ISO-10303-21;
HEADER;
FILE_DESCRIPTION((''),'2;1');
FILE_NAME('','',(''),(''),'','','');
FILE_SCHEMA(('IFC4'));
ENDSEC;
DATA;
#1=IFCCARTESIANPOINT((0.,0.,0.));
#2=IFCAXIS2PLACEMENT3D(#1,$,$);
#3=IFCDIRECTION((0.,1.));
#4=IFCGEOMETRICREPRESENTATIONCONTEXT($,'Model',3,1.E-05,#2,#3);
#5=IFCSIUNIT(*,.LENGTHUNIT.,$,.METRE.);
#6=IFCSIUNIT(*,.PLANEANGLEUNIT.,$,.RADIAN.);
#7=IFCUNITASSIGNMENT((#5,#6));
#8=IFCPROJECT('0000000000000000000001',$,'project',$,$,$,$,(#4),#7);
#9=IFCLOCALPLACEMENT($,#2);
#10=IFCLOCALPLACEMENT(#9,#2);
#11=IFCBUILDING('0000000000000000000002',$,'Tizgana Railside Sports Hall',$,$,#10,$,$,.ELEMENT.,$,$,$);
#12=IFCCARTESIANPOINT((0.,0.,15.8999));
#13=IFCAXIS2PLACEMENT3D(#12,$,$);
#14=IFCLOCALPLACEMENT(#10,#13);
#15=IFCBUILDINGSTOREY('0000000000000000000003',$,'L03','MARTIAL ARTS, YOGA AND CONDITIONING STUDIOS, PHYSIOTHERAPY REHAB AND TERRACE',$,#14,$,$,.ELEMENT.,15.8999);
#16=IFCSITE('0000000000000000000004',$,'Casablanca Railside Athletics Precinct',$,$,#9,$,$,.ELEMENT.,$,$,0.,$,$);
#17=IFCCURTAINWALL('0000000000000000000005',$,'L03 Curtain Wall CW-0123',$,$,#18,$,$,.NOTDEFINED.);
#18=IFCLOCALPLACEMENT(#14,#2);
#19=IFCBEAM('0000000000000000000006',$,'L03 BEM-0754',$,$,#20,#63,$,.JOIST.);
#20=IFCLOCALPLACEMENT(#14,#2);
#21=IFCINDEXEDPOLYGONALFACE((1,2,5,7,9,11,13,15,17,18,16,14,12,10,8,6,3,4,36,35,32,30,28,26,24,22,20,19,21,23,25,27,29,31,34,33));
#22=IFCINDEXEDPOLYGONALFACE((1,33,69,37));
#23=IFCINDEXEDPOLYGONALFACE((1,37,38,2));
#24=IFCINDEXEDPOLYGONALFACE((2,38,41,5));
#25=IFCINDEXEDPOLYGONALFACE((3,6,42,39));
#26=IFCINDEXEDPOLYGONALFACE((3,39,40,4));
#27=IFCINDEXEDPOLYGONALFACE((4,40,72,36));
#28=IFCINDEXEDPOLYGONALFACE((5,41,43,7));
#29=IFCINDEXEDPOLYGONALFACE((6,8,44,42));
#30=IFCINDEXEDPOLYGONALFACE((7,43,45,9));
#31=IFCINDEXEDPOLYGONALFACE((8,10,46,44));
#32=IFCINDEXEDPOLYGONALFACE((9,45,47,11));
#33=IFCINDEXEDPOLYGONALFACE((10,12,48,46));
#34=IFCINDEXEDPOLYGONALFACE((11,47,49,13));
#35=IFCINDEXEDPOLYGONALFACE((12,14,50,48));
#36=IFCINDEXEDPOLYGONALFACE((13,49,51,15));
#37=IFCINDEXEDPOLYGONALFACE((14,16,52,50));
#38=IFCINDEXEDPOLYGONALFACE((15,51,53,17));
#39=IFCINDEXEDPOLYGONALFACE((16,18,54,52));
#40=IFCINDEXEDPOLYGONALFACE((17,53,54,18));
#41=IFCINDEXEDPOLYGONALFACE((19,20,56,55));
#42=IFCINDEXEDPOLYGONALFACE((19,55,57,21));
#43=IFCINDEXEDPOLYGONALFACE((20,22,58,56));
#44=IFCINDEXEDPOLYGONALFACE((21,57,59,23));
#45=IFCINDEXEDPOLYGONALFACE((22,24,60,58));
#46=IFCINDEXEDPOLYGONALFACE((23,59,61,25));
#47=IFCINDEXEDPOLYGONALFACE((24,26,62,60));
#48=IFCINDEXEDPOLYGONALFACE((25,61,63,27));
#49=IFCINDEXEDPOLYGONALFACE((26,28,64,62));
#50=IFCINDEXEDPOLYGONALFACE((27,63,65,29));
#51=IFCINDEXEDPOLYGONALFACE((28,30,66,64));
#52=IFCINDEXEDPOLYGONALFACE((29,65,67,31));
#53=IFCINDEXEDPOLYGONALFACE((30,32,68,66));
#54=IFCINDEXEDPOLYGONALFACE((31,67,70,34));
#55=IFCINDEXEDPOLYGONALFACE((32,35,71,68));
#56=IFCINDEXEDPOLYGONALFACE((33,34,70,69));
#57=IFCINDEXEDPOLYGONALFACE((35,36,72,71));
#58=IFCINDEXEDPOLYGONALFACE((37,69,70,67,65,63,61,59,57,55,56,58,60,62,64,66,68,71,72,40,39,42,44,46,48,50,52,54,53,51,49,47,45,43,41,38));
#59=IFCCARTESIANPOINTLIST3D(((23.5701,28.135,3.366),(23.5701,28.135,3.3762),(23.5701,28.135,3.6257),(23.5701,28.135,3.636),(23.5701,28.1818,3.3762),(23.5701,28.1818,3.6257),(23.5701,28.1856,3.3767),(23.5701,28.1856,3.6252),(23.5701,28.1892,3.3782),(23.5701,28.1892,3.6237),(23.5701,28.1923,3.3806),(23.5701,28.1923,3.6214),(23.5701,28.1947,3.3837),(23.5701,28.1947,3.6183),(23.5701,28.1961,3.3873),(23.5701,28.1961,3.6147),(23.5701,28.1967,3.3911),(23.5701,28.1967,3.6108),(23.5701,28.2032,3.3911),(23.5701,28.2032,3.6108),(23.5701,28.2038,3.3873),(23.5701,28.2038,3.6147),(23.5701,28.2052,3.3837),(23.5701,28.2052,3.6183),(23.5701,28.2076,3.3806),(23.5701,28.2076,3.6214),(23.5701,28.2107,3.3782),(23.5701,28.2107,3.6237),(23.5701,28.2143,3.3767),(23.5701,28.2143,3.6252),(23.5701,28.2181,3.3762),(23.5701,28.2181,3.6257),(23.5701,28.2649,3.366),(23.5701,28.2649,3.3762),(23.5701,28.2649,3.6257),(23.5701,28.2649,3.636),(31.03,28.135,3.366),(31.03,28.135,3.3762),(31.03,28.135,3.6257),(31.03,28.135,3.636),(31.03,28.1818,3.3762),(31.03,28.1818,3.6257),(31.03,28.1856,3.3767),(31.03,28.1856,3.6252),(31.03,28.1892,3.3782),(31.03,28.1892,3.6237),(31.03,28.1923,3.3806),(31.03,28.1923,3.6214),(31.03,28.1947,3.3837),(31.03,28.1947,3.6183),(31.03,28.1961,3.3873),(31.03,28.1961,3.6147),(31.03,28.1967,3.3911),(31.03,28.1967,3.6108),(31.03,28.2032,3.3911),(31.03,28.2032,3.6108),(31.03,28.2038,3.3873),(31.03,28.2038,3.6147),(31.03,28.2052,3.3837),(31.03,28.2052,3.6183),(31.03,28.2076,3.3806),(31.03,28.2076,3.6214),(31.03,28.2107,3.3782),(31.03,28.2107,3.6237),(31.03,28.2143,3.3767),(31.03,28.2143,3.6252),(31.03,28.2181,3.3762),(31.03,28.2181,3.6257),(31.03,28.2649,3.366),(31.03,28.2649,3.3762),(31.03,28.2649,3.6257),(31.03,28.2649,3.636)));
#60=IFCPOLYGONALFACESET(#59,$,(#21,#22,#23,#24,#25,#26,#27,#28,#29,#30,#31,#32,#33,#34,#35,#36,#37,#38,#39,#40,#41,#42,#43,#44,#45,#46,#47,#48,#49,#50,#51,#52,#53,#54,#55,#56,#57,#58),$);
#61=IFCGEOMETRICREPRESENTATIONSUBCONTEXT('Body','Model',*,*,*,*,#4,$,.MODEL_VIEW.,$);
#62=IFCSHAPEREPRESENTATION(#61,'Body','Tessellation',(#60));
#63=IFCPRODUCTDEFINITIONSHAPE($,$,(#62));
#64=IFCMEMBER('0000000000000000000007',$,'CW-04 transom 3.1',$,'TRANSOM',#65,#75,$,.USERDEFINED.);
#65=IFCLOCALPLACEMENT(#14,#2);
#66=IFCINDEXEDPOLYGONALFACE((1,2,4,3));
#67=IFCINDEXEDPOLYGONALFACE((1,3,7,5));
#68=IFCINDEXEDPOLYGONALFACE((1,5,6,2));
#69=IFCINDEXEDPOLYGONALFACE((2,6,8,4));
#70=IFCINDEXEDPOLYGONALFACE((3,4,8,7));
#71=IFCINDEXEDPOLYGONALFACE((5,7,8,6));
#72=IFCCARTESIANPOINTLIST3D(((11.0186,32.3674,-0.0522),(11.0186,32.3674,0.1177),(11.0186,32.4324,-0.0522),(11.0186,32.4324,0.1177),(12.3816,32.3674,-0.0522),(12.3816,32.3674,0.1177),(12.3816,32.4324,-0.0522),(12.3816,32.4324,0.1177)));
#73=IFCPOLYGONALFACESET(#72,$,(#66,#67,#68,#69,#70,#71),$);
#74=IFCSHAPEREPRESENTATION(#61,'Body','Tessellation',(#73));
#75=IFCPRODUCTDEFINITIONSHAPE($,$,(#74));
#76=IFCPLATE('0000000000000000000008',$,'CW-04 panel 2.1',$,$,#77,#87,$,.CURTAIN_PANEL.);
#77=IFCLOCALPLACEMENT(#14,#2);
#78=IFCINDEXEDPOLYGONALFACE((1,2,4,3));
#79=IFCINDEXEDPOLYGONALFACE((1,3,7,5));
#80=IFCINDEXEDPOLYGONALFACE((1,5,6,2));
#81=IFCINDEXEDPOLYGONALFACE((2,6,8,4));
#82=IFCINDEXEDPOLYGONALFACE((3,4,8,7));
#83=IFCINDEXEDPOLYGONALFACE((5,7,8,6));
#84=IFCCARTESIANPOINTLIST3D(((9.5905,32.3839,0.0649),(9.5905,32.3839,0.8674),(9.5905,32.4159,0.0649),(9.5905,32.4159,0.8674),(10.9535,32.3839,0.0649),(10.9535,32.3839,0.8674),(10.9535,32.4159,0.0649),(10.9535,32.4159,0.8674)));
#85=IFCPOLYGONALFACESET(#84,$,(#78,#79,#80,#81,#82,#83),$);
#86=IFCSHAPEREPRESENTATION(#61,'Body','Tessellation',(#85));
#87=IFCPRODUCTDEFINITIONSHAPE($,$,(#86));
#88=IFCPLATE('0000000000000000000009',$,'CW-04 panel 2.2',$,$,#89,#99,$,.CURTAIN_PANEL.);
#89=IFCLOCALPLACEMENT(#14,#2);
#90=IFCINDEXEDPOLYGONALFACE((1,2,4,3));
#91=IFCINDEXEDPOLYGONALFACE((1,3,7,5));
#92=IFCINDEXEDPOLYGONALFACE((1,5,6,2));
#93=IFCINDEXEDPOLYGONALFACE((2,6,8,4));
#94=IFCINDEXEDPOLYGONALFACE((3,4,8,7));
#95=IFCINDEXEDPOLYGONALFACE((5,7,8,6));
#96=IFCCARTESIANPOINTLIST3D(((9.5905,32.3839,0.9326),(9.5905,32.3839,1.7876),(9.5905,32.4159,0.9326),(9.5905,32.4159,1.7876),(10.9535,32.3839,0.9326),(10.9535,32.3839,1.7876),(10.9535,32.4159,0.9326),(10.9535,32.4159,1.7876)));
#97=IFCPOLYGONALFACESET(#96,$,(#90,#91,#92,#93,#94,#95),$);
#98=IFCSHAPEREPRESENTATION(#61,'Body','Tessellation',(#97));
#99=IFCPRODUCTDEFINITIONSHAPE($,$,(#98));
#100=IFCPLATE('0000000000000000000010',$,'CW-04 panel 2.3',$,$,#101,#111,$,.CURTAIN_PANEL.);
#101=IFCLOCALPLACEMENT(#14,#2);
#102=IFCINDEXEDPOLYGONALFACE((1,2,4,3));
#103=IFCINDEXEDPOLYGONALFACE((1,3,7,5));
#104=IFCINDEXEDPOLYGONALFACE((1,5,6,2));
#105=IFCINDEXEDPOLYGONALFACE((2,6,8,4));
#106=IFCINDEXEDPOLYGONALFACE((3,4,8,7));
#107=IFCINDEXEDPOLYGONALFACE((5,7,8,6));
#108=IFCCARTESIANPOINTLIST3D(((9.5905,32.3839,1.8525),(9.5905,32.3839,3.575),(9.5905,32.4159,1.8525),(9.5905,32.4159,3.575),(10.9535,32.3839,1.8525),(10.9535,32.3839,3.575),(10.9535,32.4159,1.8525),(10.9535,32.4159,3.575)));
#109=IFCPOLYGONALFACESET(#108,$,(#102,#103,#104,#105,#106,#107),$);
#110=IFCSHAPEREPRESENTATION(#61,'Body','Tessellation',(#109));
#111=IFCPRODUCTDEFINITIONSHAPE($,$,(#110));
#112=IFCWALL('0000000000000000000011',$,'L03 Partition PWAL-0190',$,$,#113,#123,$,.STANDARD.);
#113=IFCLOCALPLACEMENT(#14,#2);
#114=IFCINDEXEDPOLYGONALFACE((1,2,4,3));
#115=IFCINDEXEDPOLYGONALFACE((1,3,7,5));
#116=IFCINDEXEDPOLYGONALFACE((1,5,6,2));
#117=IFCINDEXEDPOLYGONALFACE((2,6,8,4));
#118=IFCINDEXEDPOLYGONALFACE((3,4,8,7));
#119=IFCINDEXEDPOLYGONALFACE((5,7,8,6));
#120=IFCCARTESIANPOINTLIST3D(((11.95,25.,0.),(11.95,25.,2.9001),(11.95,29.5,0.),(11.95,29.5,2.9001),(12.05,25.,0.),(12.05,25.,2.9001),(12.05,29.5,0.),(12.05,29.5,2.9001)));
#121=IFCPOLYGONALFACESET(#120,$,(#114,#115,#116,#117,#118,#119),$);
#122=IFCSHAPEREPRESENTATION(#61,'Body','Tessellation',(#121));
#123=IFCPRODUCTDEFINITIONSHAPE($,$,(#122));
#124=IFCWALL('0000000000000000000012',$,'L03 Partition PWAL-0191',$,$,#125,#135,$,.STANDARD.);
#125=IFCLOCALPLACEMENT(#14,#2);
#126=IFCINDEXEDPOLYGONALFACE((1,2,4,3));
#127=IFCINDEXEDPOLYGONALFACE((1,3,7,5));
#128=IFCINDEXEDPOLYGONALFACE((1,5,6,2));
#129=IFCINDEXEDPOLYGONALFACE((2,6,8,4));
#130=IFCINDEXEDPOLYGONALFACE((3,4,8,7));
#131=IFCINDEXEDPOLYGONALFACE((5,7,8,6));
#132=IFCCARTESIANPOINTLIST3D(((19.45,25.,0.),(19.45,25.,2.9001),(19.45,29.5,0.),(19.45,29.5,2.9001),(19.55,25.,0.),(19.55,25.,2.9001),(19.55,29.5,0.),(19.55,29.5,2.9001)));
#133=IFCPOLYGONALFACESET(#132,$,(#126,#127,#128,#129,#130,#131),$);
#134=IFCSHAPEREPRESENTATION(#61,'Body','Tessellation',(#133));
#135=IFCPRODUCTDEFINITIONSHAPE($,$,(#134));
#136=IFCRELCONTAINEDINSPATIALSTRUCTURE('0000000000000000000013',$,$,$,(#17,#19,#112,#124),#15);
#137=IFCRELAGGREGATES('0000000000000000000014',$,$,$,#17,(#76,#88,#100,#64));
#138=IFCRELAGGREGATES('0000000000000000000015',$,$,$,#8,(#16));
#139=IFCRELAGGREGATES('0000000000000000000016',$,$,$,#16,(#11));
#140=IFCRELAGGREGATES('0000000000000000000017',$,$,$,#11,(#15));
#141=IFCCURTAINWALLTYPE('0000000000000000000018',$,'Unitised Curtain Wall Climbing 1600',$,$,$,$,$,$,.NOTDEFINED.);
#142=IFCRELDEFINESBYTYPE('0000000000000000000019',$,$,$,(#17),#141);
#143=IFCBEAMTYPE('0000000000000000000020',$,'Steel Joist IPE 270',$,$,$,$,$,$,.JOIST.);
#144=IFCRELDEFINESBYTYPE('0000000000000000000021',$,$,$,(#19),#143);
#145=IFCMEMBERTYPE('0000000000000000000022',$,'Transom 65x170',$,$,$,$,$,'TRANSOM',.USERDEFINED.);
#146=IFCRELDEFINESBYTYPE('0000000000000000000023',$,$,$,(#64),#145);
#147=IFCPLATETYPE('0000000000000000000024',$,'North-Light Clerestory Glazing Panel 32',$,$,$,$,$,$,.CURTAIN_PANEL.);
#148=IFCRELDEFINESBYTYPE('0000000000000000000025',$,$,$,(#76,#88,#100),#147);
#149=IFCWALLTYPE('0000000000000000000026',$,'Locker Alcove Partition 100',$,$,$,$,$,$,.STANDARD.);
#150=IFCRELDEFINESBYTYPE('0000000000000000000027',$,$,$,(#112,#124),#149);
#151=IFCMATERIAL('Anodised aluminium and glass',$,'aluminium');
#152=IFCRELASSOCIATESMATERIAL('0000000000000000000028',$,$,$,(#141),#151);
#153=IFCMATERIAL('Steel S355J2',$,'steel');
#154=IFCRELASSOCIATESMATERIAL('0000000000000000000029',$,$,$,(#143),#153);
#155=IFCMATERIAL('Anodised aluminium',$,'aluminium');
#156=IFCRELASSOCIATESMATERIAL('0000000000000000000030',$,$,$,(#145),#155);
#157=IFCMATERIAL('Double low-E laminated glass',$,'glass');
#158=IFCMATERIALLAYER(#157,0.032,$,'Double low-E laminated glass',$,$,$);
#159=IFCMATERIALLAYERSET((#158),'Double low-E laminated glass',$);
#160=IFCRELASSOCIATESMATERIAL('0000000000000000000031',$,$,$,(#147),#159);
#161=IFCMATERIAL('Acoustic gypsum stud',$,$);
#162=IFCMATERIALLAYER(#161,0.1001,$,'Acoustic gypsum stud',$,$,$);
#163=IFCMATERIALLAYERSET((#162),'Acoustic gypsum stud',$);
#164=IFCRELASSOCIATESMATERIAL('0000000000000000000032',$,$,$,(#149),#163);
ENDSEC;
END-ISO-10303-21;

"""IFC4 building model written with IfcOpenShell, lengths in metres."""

from ifc_helpers import new_model, si_unit, direction, frame, frame_2d, origin, origin_2d, place, context, subcontext, project, spatial, rectangle, i_section, extrude, material, layer, layer_set, material_profile, profile_set, type_object, element, aggregate, save


model = new_model("IFC4")

# Units and contexts
model_context = context("Model", 3, precision=1e-05, world=origin(), true_north=direction((0.0, 1.0)))
body_context = subcontext(model_context, "Body", "Model", "MODEL_VIEW")
ifc_project = project(units=[si_unit("LENGTHUNIT", "METRE"), si_unit("PLANEANGLEUNIT", "RADIAN")], contexts=[model_context])

# Site, building, storey
site_placement = place(None, origin())
site = spatial("IfcSite", under=ifc_project, at=site_placement, Name="Casablanca Railside Athletics Precinct", CompositionType="ELEMENT", RefElevation=0.0)
building_placement = place(site_placement, origin())
building = spatial("IfcBuilding", under=site, at=building_placement, Name="Tizgana Railside Sports Hall", CompositionType="ELEMENT")
storey_placement = place(building_placement, frame((0.0, 0.0, 15.8999)))
storey = spatial("IfcBuildingStorey", under=building, at=storey_placement, Name="L03", Description="MARTIAL ARTS, YOGA AND CONDITIONING STUDIOS, PHYSIOTHERAPY REHAB AND TERRACE", CompositionType="ELEMENT", Elevation=15.8999)

# Curtain wall
ifc_material_1 = material(Name="Anodised aluminium and glass", Category="aluminium")
curtain_wall_type = type_object("IfcCurtainWallType", Name="Unitised Curtain Wall Climbing 1600", PredefinedType="NOTDEFINED", material=ifc_material_1)
curtain_wall_placement = place(storey_placement, origin())
curtain_wall = element("IfcCurtainWall", 1, at=curtain_wall_placement, inside=storey, type_object=curtain_wall_type, Name="L03 Curtain Wall CW-0123", PredefinedType="NOTDEFINED")
ifc_material_2 = material(Name="Anodised aluminium", Category="aluminium")

# Beam
ifc_material_3 = material(Name="Steel S355J2", Category="steel")
ifc_material_profile_1 = material_profile(ifc_material_3, i_section(OverallWidth=0.1299, OverallDepth=0.27, WebThickness=0.0066, FlangeThickness=0.0103, FilletRadius=0.0149, at=origin_2d()), Name="IPE 270")
ifc_profile_set_1 = profile_set([ifc_material_profile_1], Name="Steel S355J2")
beam_type_1 = type_object("IfcBeamType", Name="Steel Joist IPE 270", PredefinedType="JOIST", material=ifc_profile_set_1)
for number, where, z_axis, x_axis, name in (
    (2, (23.5701, 28.2, 3.501), (1.0, 0.0, 0.0), (0.0, 1.0, 0.0), "L03 BEM-0754"),
):
    element("IfcBeam", number, at=place(storey_placement, frame(where, z_axis=z_axis, x_axis=x_axis)), inside=storey, type_object=beam_type_1, Name=name, PredefinedType="JOIST", context=body_context, shape_type="SweptSolid", body=[
        extrude(i_section(OverallWidth=0.1299, OverallDepth=0.27, WebThickness=0.0066, FlangeThickness=0.0103, FilletRadius=0.0149, at=origin_2d()), origin(), (0.0, 0.0, 1.0), 7.46),
    ])

# Member
ifc_material_profile_2 = material_profile(ifc_material_2, rectangle(XDim=0.0649, YDim=0.1699, at=origin_2d()), Name="Transom 65x170")
ifc_profile_set_2 = profile_set([ifc_material_profile_2], Name="Anodised aluminium")
member_type_1 = type_object("IfcMemberType", Name="Transom 65x170", ElementType="TRANSOM", PredefinedType="USERDEFINED", material=ifc_profile_set_2)
member_1_placement = place(storey_placement, frame((11.0186, 32.3999, 0.0327), z_axis=(1.0, 0.0, 0.0), x_axis=(0.0, 1.0, 0.0)))
member_1 = element("IfcMember", 3, at=member_1_placement, type_object=member_type_1, Name="CW-04 transom 3.1", ObjectType="TRANSOM", PredefinedType="USERDEFINED", context=body_context, shape_type="SweptSolid", body=[
    extrude(rectangle(XDim=0.0649, YDim=0.1699, at=origin_2d()), origin(), (0.0, 0.0, 1.0), 1.363),
])

# Plates
ifc_material_4 = material(Name="Double low-E laminated glass", Category="glass")
ifc_layer_1 = layer(ifc_material_4, 0.032, Name="Double low-E laminated glass")
ifc_layer_set_1 = layer_set([ifc_layer_1], Name="Double low-E laminated glass")
plate_type = type_object("IfcPlateType", Name="North-Light Clerestory Glazing Panel 32", PredefinedType="CURTAIN_PANEL", material=ifc_layer_set_1)
plate_1_placement = place(storey_placement, frame((10.272, 32.3999, 0.0649), z_axis=(0.0, 0.0, 1.0), x_axis=(1.0, 0.0, 0.0)))
plate_1 = element("IfcPlate", 4, at=plate_1_placement, type_object=plate_type, Name="CW-04 panel 2.1", PredefinedType="CURTAIN_PANEL", context=body_context, shape_type="SweptSolid", body=[
    extrude(rectangle(XDim=1.363, YDim=0.032, at=origin_2d()), origin(), (0.0, 0.0, 1.0), 0.8025),
])
plate_2_placement = place(storey_placement, frame((10.272, 32.3999, 0.9326), z_axis=(0.0, 0.0, 1.0), x_axis=(1.0, 0.0, 0.0)))
plate_2 = element("IfcPlate", 5, at=plate_2_placement, type_object=plate_type, Name="CW-04 panel 2.2", PredefinedType="CURTAIN_PANEL", context=body_context, shape_type="SweptSolid", body=[
    extrude(rectangle(XDim=1.363, YDim=0.032, at=origin_2d()), origin(), (0.0, 0.0, 1.0), 0.855),
])
plate_3_placement = place(storey_placement, frame((10.272, 32.3999, 1.8525), z_axis=(0.0, 0.0, 1.0), x_axis=(1.0, 0.0, 0.0)))
plate_3 = element("IfcPlate", 6, at=plate_3_placement, type_object=plate_type, Name="CW-04 panel 2.3", PredefinedType="CURTAIN_PANEL", context=body_context, shape_type="SweptSolid", body=[
    extrude(rectangle(XDim=1.363, YDim=0.032, at=origin_2d()), origin(), (0.0, 0.0, 1.0), 1.7224),
])
aggregate(curtain_wall, [plate_1, plate_2, plate_3, member_1])

# Walls
ifc_material_5 = material(Name="Acoustic gypsum stud")
ifc_layer_2 = layer(ifc_material_5, 0.1001, Name="Acoustic gypsum stud")
ifc_layer_set_2 = layer_set([ifc_layer_2], Name="Acoustic gypsum stud")
wall_type = type_object("IfcWallType", Name="Locker Alcove Partition 100", PredefinedType="STANDARD", material=ifc_layer_set_2)
for number, where, z_axis, x_axis, name in (
    (7, (12.0, 25.0, 0.0), (0.0, 0.0, 1.0), (0.0, 1.0, 0.0), "L03 Partition PWAL-0190"),
    (8, (19.5, 25.0, 0.0), (0.0, 0.0, 1.0), (0.0, 1.0, 0.0), "L03 Partition PWAL-0191"),
):
    element("IfcWall", number, at=place(storey_placement, frame(where, z_axis=z_axis, x_axis=x_axis)), inside=storey, type_object=wall_type, Name=name, PredefinedType="STANDARD", context=body_context, shape_type="SweptSolid", body=[
        extrude(rectangle(XDim=4.5, YDim=0.1001, at=frame_2d((2.25, 0.0))), origin(), (0.0, 0.0, 1.0), 2.9001),
    ])

save(model, "model.ifc")
